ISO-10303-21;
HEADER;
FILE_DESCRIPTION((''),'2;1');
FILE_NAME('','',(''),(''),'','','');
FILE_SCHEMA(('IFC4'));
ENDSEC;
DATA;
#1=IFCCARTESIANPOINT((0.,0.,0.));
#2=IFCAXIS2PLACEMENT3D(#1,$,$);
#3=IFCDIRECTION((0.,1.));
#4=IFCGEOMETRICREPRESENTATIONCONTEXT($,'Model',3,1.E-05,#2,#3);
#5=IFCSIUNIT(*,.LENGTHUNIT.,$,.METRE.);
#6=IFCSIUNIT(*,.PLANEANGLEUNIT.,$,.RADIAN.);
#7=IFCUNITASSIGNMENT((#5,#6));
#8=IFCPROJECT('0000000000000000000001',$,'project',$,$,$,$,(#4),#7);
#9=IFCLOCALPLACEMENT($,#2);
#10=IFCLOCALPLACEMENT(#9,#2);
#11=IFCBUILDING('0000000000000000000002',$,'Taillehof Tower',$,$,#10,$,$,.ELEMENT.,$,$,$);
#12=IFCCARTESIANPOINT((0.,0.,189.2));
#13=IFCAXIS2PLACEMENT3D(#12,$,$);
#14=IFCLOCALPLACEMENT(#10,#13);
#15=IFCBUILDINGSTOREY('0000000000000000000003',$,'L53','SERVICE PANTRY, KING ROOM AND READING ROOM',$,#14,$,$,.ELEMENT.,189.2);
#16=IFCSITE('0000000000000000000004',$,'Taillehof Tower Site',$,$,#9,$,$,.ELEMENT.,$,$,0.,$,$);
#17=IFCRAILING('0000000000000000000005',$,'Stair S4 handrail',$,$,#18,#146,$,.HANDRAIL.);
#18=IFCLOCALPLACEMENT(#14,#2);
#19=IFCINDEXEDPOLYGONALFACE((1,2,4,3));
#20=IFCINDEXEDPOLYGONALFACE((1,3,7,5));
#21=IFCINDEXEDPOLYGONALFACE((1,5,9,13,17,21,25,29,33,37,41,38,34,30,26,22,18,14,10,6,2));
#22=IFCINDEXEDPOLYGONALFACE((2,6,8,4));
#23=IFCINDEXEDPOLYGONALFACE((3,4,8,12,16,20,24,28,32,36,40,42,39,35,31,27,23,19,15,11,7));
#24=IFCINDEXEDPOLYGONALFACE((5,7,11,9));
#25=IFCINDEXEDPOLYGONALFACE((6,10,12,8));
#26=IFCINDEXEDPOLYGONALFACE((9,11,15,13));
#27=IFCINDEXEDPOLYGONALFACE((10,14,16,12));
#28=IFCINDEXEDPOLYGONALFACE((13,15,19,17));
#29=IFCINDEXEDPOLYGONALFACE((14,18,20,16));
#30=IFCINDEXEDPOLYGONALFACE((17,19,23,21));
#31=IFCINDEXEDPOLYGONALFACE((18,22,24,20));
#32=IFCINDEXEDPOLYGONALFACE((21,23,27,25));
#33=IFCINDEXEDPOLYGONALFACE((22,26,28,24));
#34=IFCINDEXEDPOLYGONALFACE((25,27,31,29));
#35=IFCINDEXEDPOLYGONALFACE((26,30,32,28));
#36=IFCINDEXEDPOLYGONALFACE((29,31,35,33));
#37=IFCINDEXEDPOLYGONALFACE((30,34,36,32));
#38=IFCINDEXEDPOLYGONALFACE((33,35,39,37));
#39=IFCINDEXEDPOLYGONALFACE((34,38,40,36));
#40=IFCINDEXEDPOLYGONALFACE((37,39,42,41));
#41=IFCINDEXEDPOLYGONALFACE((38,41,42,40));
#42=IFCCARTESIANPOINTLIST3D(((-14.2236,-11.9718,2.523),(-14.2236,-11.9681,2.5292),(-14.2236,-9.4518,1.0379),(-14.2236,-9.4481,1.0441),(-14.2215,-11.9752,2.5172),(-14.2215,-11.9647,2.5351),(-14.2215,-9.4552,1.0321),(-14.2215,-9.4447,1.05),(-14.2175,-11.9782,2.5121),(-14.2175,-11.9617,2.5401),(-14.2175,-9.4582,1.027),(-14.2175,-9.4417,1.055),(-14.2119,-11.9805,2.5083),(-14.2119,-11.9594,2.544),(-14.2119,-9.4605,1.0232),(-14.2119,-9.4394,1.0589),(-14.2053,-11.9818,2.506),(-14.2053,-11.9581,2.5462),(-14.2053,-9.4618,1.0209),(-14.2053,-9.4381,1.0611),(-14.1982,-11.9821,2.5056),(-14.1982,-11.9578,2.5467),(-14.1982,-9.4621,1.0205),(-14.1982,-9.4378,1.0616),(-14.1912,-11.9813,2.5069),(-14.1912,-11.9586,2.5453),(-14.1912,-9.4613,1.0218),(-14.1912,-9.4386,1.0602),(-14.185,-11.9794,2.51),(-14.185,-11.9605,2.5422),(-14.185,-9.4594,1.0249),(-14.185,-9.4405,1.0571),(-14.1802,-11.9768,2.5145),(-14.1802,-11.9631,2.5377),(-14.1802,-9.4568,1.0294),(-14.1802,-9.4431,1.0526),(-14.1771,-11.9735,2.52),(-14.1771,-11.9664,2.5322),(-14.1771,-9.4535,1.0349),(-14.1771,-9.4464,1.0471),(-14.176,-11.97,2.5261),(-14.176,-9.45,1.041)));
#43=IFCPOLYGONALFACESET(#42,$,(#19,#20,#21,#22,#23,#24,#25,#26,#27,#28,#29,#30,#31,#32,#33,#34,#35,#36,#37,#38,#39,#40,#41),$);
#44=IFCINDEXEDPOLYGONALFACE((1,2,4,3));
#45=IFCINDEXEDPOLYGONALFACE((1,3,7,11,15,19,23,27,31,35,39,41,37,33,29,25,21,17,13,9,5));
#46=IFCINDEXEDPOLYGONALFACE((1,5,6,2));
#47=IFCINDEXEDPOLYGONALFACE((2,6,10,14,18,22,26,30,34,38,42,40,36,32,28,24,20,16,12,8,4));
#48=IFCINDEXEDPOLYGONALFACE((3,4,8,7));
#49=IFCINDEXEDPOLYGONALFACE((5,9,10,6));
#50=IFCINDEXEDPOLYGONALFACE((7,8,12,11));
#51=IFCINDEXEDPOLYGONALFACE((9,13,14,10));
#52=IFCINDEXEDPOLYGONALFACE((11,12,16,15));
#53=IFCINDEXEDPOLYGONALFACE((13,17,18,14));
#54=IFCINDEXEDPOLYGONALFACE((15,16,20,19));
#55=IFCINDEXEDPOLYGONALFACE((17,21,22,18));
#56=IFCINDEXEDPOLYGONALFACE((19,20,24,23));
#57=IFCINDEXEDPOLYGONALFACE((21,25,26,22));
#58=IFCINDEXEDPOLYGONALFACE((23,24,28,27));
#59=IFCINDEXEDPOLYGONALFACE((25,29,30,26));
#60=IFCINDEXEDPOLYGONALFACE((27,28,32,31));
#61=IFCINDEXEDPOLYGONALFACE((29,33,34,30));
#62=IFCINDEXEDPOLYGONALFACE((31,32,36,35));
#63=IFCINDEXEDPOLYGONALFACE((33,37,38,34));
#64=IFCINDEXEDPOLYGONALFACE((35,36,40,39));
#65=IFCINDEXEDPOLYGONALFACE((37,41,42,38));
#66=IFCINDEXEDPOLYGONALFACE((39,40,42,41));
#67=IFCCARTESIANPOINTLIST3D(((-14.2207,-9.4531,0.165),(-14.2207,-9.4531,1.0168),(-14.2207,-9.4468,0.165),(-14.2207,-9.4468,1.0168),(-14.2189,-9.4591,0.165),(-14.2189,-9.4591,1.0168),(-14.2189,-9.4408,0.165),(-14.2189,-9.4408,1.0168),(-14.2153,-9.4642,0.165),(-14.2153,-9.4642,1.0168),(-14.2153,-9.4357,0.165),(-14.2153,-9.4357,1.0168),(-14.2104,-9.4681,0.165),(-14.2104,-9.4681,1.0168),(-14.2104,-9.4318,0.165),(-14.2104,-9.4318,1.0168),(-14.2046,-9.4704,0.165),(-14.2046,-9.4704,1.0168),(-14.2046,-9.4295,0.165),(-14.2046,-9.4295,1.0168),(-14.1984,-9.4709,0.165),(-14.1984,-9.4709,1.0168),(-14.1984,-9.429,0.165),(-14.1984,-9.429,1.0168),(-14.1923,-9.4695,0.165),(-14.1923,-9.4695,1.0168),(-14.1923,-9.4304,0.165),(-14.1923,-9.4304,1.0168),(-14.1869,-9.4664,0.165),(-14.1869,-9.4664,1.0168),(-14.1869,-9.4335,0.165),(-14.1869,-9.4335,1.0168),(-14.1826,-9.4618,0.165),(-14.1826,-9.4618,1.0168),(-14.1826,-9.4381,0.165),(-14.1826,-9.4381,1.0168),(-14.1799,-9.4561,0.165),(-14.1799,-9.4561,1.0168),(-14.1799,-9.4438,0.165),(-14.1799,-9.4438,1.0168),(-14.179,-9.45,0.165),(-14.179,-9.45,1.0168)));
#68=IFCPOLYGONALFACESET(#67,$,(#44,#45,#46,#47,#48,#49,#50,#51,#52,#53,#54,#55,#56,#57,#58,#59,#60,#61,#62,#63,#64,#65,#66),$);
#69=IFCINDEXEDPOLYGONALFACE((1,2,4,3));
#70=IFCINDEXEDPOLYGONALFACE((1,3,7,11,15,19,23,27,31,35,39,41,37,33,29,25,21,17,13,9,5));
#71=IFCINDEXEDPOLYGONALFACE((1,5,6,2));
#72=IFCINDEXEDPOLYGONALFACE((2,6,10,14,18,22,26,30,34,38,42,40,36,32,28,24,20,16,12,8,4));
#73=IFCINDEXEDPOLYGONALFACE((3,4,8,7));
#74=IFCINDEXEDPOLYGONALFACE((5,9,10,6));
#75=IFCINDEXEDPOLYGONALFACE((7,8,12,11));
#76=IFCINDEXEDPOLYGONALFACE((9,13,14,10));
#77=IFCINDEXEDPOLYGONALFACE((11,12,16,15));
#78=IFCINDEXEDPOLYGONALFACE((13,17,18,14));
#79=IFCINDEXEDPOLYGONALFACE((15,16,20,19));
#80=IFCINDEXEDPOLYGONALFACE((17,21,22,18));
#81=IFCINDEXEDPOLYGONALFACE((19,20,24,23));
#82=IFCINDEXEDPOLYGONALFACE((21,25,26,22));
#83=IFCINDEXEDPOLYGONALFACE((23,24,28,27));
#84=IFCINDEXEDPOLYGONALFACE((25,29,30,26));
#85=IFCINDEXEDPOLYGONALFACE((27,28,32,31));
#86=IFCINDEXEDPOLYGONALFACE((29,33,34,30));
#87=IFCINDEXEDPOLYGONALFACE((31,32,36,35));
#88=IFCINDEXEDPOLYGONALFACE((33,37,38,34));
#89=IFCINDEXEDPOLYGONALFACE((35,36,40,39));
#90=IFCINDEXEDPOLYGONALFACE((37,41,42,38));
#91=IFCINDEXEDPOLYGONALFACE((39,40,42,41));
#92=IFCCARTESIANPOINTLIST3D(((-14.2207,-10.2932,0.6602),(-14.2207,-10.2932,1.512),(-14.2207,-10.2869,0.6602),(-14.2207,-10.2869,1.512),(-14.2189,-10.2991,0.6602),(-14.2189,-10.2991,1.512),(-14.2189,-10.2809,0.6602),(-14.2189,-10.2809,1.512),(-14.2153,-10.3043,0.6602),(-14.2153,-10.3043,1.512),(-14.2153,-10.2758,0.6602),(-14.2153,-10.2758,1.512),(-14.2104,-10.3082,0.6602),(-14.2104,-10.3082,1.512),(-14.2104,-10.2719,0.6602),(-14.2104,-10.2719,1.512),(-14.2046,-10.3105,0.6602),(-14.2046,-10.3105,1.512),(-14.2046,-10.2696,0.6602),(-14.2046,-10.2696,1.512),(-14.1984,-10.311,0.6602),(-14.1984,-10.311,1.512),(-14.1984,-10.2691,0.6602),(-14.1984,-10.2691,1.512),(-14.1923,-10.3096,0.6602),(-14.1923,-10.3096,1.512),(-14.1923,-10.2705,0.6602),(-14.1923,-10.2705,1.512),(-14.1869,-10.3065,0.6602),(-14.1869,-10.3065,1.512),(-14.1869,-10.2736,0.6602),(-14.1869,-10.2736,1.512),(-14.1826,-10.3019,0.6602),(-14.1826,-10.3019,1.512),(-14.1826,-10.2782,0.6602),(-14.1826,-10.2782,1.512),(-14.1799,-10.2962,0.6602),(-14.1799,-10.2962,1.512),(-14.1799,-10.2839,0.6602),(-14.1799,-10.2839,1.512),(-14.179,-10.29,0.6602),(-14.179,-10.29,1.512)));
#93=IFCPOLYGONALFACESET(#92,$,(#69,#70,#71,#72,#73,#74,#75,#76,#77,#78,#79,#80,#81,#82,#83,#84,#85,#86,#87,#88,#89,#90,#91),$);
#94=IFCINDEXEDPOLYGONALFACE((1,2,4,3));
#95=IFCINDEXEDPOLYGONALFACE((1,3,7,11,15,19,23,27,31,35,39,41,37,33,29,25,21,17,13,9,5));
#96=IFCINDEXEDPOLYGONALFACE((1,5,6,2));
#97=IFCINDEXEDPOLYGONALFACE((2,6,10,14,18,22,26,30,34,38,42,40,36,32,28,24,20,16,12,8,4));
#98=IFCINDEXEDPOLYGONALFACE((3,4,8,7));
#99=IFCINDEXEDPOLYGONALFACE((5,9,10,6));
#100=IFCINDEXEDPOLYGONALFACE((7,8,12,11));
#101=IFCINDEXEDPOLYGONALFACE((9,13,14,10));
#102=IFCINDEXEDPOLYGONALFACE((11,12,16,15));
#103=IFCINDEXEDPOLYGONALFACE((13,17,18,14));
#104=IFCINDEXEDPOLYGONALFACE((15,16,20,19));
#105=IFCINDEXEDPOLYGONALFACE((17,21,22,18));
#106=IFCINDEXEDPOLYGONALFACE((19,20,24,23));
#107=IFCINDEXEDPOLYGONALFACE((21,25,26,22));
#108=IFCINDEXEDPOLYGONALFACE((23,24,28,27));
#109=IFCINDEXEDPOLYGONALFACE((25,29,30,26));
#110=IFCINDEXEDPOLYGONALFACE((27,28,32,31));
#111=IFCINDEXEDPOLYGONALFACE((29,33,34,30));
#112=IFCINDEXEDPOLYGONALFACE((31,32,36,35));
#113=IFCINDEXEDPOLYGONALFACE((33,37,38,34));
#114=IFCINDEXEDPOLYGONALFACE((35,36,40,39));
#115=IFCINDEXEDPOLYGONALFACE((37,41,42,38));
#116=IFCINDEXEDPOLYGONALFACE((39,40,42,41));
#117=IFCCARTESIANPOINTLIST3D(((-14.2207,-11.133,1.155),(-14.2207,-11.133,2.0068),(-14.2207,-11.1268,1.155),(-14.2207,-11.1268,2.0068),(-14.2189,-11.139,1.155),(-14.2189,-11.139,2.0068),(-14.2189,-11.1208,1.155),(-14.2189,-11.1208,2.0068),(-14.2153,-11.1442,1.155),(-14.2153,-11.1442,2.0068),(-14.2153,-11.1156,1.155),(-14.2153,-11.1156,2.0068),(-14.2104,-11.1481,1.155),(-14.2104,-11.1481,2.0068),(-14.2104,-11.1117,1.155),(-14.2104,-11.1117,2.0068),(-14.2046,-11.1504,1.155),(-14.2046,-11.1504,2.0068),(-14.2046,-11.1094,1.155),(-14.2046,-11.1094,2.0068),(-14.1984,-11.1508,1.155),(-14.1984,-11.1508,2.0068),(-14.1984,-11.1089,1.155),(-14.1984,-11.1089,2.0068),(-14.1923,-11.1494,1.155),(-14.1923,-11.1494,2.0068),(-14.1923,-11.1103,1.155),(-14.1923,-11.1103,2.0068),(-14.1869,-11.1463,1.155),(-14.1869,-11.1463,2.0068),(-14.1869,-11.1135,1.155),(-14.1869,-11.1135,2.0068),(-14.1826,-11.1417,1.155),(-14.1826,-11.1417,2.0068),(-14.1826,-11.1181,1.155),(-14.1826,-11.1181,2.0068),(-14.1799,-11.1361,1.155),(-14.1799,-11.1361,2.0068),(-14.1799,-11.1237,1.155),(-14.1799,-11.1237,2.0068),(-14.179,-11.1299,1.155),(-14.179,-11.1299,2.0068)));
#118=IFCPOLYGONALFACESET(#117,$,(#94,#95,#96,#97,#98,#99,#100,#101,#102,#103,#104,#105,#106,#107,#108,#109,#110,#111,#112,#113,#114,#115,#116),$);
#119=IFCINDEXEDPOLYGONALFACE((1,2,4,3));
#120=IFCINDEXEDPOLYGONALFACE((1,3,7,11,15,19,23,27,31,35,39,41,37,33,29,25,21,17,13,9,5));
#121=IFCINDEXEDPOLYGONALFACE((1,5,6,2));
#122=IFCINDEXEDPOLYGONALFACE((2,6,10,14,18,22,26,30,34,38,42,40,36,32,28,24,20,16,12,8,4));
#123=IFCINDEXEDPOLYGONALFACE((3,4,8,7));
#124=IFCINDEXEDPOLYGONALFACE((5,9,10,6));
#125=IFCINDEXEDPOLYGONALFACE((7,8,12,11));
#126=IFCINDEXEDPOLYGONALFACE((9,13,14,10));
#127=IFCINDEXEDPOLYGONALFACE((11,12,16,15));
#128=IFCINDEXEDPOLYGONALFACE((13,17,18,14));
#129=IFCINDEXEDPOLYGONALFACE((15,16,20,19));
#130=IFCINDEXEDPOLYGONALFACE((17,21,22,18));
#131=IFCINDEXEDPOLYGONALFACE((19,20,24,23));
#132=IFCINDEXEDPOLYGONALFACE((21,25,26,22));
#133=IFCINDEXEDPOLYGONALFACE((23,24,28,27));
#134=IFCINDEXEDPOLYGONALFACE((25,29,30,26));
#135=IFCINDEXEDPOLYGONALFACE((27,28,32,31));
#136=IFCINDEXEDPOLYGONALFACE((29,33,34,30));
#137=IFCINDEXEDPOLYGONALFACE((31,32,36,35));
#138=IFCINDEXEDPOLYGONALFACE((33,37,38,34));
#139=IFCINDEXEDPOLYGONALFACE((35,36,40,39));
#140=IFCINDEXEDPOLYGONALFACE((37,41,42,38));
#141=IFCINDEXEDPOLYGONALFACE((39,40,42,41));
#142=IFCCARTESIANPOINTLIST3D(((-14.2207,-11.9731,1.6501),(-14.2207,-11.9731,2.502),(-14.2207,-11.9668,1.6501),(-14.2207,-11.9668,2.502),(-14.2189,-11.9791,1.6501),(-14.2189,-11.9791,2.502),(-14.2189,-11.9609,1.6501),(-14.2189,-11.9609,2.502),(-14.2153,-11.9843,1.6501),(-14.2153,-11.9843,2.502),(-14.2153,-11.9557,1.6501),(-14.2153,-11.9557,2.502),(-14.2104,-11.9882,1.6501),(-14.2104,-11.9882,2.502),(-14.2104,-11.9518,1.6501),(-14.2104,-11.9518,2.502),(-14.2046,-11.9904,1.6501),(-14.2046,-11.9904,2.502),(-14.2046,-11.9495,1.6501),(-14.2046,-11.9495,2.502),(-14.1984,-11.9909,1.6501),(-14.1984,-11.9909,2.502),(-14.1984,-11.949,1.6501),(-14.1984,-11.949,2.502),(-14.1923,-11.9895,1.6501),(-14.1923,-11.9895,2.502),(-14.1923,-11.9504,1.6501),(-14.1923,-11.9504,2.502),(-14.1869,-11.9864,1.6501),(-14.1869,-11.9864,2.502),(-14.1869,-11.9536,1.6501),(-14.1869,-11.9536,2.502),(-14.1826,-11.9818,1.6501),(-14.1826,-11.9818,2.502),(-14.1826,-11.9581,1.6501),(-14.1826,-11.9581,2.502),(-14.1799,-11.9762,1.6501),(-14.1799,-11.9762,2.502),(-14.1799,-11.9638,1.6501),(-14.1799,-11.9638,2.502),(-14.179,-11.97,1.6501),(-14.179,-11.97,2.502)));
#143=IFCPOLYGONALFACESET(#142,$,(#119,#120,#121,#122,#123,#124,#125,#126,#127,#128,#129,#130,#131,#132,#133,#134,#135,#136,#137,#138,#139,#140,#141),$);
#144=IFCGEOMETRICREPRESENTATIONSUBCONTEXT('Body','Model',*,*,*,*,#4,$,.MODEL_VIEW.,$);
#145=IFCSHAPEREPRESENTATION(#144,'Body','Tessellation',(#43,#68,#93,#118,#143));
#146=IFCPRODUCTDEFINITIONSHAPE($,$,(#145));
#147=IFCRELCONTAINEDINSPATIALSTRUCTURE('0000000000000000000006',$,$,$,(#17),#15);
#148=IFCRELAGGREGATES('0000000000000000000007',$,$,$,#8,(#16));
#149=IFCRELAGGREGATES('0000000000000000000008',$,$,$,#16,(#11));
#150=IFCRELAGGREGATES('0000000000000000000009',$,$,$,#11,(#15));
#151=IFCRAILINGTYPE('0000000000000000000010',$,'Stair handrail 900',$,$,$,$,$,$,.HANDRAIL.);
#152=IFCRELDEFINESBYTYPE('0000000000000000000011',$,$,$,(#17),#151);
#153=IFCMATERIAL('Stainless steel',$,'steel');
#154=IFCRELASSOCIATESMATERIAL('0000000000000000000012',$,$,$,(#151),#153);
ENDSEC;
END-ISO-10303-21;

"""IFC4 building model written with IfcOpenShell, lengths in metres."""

from ifc_helpers import new_model, si_unit, direction, frame, origin, origin_2d, place, context, subcontext, project, spatial, circle, extrude, material, type_object, element, save


model = new_model("IFC4")

# Units and contexts
model_context = context("Model", 3, precision=1e-05, world=origin(), true_north=direction((0.0, 1.0)))
body_context = subcontext(model_context, "Body", "Model", "MODEL_VIEW")
ifc_project = project(units=[si_unit("LENGTHUNIT", "METRE"), si_unit("PLANEANGLEUNIT", "RADIAN")], contexts=[model_context])

# Site, building, storey
site_placement = place(None, origin())
site = spatial("IfcSite", under=ifc_project, at=site_placement, Name="Taillehof Tower Site", CompositionType="ELEMENT", RefElevation=0.0)
building_placement = place(site_placement, origin())
building = spatial("IfcBuilding", under=site, at=building_placement, Name="Taillehof Tower", CompositionType="ELEMENT")
storey_placement = place(building_placement, frame((0.0, 0.0, 189.2)))
storey = spatial("IfcBuildingStorey", under=building, at=storey_placement, Name="L53", Description="SERVICE PANTRY, KING ROOM AND READING ROOM", CompositionType="ELEMENT", Elevation=189.2)

# Railing
ifc_material_1 = material(Name="Stainless steel", Category="steel")
railing_type = type_object("IfcRailingType", Name="Stair handrail 900", PredefinedType="HANDRAIL", material=ifc_material_1)
railing_placement = place(storey_placement, frame((-14.2, -9.45, 0.165)))
element("IfcRailing", 1, at=railing_placement, inside=storey, type_object=railing_type, Name="Stair S4 handrail", PredefinedType="HANDRAIL", context=body_context, shape_type="SweptSolid", body=[
    extrude(circle(Radius=0.0239, at=origin_2d()), frame((0.0, 0.0, 0.876), z_axis=(0.0, -0.861524, 0.507717), x_axis=(1.0, 0.0, 0.0)), (0.0, 0.0, 1.0), 2.925),
    extrude(circle(Radius=0.021, at=origin_2d()), origin(), (0.0, 0.0, 1.0), 0.8518),
    extrude(circle(Radius=0.021, at=origin_2d()), frame((0.0, -0.8401, 0.4951)), (0.0, 0.0, 1.0), 0.8518),
    extrude(circle(Radius=0.021, at=origin_2d()), frame((0.0, -1.6799, 0.99)), (0.0, 0.0, 1.0), 0.8518),
    extrude(circle(Radius=0.021, at=origin_2d()), frame((0.0, -2.52, 1.4851)), (0.0, 0.0, 1.0), 0.8518),
])

save(model, "model.ifc")
